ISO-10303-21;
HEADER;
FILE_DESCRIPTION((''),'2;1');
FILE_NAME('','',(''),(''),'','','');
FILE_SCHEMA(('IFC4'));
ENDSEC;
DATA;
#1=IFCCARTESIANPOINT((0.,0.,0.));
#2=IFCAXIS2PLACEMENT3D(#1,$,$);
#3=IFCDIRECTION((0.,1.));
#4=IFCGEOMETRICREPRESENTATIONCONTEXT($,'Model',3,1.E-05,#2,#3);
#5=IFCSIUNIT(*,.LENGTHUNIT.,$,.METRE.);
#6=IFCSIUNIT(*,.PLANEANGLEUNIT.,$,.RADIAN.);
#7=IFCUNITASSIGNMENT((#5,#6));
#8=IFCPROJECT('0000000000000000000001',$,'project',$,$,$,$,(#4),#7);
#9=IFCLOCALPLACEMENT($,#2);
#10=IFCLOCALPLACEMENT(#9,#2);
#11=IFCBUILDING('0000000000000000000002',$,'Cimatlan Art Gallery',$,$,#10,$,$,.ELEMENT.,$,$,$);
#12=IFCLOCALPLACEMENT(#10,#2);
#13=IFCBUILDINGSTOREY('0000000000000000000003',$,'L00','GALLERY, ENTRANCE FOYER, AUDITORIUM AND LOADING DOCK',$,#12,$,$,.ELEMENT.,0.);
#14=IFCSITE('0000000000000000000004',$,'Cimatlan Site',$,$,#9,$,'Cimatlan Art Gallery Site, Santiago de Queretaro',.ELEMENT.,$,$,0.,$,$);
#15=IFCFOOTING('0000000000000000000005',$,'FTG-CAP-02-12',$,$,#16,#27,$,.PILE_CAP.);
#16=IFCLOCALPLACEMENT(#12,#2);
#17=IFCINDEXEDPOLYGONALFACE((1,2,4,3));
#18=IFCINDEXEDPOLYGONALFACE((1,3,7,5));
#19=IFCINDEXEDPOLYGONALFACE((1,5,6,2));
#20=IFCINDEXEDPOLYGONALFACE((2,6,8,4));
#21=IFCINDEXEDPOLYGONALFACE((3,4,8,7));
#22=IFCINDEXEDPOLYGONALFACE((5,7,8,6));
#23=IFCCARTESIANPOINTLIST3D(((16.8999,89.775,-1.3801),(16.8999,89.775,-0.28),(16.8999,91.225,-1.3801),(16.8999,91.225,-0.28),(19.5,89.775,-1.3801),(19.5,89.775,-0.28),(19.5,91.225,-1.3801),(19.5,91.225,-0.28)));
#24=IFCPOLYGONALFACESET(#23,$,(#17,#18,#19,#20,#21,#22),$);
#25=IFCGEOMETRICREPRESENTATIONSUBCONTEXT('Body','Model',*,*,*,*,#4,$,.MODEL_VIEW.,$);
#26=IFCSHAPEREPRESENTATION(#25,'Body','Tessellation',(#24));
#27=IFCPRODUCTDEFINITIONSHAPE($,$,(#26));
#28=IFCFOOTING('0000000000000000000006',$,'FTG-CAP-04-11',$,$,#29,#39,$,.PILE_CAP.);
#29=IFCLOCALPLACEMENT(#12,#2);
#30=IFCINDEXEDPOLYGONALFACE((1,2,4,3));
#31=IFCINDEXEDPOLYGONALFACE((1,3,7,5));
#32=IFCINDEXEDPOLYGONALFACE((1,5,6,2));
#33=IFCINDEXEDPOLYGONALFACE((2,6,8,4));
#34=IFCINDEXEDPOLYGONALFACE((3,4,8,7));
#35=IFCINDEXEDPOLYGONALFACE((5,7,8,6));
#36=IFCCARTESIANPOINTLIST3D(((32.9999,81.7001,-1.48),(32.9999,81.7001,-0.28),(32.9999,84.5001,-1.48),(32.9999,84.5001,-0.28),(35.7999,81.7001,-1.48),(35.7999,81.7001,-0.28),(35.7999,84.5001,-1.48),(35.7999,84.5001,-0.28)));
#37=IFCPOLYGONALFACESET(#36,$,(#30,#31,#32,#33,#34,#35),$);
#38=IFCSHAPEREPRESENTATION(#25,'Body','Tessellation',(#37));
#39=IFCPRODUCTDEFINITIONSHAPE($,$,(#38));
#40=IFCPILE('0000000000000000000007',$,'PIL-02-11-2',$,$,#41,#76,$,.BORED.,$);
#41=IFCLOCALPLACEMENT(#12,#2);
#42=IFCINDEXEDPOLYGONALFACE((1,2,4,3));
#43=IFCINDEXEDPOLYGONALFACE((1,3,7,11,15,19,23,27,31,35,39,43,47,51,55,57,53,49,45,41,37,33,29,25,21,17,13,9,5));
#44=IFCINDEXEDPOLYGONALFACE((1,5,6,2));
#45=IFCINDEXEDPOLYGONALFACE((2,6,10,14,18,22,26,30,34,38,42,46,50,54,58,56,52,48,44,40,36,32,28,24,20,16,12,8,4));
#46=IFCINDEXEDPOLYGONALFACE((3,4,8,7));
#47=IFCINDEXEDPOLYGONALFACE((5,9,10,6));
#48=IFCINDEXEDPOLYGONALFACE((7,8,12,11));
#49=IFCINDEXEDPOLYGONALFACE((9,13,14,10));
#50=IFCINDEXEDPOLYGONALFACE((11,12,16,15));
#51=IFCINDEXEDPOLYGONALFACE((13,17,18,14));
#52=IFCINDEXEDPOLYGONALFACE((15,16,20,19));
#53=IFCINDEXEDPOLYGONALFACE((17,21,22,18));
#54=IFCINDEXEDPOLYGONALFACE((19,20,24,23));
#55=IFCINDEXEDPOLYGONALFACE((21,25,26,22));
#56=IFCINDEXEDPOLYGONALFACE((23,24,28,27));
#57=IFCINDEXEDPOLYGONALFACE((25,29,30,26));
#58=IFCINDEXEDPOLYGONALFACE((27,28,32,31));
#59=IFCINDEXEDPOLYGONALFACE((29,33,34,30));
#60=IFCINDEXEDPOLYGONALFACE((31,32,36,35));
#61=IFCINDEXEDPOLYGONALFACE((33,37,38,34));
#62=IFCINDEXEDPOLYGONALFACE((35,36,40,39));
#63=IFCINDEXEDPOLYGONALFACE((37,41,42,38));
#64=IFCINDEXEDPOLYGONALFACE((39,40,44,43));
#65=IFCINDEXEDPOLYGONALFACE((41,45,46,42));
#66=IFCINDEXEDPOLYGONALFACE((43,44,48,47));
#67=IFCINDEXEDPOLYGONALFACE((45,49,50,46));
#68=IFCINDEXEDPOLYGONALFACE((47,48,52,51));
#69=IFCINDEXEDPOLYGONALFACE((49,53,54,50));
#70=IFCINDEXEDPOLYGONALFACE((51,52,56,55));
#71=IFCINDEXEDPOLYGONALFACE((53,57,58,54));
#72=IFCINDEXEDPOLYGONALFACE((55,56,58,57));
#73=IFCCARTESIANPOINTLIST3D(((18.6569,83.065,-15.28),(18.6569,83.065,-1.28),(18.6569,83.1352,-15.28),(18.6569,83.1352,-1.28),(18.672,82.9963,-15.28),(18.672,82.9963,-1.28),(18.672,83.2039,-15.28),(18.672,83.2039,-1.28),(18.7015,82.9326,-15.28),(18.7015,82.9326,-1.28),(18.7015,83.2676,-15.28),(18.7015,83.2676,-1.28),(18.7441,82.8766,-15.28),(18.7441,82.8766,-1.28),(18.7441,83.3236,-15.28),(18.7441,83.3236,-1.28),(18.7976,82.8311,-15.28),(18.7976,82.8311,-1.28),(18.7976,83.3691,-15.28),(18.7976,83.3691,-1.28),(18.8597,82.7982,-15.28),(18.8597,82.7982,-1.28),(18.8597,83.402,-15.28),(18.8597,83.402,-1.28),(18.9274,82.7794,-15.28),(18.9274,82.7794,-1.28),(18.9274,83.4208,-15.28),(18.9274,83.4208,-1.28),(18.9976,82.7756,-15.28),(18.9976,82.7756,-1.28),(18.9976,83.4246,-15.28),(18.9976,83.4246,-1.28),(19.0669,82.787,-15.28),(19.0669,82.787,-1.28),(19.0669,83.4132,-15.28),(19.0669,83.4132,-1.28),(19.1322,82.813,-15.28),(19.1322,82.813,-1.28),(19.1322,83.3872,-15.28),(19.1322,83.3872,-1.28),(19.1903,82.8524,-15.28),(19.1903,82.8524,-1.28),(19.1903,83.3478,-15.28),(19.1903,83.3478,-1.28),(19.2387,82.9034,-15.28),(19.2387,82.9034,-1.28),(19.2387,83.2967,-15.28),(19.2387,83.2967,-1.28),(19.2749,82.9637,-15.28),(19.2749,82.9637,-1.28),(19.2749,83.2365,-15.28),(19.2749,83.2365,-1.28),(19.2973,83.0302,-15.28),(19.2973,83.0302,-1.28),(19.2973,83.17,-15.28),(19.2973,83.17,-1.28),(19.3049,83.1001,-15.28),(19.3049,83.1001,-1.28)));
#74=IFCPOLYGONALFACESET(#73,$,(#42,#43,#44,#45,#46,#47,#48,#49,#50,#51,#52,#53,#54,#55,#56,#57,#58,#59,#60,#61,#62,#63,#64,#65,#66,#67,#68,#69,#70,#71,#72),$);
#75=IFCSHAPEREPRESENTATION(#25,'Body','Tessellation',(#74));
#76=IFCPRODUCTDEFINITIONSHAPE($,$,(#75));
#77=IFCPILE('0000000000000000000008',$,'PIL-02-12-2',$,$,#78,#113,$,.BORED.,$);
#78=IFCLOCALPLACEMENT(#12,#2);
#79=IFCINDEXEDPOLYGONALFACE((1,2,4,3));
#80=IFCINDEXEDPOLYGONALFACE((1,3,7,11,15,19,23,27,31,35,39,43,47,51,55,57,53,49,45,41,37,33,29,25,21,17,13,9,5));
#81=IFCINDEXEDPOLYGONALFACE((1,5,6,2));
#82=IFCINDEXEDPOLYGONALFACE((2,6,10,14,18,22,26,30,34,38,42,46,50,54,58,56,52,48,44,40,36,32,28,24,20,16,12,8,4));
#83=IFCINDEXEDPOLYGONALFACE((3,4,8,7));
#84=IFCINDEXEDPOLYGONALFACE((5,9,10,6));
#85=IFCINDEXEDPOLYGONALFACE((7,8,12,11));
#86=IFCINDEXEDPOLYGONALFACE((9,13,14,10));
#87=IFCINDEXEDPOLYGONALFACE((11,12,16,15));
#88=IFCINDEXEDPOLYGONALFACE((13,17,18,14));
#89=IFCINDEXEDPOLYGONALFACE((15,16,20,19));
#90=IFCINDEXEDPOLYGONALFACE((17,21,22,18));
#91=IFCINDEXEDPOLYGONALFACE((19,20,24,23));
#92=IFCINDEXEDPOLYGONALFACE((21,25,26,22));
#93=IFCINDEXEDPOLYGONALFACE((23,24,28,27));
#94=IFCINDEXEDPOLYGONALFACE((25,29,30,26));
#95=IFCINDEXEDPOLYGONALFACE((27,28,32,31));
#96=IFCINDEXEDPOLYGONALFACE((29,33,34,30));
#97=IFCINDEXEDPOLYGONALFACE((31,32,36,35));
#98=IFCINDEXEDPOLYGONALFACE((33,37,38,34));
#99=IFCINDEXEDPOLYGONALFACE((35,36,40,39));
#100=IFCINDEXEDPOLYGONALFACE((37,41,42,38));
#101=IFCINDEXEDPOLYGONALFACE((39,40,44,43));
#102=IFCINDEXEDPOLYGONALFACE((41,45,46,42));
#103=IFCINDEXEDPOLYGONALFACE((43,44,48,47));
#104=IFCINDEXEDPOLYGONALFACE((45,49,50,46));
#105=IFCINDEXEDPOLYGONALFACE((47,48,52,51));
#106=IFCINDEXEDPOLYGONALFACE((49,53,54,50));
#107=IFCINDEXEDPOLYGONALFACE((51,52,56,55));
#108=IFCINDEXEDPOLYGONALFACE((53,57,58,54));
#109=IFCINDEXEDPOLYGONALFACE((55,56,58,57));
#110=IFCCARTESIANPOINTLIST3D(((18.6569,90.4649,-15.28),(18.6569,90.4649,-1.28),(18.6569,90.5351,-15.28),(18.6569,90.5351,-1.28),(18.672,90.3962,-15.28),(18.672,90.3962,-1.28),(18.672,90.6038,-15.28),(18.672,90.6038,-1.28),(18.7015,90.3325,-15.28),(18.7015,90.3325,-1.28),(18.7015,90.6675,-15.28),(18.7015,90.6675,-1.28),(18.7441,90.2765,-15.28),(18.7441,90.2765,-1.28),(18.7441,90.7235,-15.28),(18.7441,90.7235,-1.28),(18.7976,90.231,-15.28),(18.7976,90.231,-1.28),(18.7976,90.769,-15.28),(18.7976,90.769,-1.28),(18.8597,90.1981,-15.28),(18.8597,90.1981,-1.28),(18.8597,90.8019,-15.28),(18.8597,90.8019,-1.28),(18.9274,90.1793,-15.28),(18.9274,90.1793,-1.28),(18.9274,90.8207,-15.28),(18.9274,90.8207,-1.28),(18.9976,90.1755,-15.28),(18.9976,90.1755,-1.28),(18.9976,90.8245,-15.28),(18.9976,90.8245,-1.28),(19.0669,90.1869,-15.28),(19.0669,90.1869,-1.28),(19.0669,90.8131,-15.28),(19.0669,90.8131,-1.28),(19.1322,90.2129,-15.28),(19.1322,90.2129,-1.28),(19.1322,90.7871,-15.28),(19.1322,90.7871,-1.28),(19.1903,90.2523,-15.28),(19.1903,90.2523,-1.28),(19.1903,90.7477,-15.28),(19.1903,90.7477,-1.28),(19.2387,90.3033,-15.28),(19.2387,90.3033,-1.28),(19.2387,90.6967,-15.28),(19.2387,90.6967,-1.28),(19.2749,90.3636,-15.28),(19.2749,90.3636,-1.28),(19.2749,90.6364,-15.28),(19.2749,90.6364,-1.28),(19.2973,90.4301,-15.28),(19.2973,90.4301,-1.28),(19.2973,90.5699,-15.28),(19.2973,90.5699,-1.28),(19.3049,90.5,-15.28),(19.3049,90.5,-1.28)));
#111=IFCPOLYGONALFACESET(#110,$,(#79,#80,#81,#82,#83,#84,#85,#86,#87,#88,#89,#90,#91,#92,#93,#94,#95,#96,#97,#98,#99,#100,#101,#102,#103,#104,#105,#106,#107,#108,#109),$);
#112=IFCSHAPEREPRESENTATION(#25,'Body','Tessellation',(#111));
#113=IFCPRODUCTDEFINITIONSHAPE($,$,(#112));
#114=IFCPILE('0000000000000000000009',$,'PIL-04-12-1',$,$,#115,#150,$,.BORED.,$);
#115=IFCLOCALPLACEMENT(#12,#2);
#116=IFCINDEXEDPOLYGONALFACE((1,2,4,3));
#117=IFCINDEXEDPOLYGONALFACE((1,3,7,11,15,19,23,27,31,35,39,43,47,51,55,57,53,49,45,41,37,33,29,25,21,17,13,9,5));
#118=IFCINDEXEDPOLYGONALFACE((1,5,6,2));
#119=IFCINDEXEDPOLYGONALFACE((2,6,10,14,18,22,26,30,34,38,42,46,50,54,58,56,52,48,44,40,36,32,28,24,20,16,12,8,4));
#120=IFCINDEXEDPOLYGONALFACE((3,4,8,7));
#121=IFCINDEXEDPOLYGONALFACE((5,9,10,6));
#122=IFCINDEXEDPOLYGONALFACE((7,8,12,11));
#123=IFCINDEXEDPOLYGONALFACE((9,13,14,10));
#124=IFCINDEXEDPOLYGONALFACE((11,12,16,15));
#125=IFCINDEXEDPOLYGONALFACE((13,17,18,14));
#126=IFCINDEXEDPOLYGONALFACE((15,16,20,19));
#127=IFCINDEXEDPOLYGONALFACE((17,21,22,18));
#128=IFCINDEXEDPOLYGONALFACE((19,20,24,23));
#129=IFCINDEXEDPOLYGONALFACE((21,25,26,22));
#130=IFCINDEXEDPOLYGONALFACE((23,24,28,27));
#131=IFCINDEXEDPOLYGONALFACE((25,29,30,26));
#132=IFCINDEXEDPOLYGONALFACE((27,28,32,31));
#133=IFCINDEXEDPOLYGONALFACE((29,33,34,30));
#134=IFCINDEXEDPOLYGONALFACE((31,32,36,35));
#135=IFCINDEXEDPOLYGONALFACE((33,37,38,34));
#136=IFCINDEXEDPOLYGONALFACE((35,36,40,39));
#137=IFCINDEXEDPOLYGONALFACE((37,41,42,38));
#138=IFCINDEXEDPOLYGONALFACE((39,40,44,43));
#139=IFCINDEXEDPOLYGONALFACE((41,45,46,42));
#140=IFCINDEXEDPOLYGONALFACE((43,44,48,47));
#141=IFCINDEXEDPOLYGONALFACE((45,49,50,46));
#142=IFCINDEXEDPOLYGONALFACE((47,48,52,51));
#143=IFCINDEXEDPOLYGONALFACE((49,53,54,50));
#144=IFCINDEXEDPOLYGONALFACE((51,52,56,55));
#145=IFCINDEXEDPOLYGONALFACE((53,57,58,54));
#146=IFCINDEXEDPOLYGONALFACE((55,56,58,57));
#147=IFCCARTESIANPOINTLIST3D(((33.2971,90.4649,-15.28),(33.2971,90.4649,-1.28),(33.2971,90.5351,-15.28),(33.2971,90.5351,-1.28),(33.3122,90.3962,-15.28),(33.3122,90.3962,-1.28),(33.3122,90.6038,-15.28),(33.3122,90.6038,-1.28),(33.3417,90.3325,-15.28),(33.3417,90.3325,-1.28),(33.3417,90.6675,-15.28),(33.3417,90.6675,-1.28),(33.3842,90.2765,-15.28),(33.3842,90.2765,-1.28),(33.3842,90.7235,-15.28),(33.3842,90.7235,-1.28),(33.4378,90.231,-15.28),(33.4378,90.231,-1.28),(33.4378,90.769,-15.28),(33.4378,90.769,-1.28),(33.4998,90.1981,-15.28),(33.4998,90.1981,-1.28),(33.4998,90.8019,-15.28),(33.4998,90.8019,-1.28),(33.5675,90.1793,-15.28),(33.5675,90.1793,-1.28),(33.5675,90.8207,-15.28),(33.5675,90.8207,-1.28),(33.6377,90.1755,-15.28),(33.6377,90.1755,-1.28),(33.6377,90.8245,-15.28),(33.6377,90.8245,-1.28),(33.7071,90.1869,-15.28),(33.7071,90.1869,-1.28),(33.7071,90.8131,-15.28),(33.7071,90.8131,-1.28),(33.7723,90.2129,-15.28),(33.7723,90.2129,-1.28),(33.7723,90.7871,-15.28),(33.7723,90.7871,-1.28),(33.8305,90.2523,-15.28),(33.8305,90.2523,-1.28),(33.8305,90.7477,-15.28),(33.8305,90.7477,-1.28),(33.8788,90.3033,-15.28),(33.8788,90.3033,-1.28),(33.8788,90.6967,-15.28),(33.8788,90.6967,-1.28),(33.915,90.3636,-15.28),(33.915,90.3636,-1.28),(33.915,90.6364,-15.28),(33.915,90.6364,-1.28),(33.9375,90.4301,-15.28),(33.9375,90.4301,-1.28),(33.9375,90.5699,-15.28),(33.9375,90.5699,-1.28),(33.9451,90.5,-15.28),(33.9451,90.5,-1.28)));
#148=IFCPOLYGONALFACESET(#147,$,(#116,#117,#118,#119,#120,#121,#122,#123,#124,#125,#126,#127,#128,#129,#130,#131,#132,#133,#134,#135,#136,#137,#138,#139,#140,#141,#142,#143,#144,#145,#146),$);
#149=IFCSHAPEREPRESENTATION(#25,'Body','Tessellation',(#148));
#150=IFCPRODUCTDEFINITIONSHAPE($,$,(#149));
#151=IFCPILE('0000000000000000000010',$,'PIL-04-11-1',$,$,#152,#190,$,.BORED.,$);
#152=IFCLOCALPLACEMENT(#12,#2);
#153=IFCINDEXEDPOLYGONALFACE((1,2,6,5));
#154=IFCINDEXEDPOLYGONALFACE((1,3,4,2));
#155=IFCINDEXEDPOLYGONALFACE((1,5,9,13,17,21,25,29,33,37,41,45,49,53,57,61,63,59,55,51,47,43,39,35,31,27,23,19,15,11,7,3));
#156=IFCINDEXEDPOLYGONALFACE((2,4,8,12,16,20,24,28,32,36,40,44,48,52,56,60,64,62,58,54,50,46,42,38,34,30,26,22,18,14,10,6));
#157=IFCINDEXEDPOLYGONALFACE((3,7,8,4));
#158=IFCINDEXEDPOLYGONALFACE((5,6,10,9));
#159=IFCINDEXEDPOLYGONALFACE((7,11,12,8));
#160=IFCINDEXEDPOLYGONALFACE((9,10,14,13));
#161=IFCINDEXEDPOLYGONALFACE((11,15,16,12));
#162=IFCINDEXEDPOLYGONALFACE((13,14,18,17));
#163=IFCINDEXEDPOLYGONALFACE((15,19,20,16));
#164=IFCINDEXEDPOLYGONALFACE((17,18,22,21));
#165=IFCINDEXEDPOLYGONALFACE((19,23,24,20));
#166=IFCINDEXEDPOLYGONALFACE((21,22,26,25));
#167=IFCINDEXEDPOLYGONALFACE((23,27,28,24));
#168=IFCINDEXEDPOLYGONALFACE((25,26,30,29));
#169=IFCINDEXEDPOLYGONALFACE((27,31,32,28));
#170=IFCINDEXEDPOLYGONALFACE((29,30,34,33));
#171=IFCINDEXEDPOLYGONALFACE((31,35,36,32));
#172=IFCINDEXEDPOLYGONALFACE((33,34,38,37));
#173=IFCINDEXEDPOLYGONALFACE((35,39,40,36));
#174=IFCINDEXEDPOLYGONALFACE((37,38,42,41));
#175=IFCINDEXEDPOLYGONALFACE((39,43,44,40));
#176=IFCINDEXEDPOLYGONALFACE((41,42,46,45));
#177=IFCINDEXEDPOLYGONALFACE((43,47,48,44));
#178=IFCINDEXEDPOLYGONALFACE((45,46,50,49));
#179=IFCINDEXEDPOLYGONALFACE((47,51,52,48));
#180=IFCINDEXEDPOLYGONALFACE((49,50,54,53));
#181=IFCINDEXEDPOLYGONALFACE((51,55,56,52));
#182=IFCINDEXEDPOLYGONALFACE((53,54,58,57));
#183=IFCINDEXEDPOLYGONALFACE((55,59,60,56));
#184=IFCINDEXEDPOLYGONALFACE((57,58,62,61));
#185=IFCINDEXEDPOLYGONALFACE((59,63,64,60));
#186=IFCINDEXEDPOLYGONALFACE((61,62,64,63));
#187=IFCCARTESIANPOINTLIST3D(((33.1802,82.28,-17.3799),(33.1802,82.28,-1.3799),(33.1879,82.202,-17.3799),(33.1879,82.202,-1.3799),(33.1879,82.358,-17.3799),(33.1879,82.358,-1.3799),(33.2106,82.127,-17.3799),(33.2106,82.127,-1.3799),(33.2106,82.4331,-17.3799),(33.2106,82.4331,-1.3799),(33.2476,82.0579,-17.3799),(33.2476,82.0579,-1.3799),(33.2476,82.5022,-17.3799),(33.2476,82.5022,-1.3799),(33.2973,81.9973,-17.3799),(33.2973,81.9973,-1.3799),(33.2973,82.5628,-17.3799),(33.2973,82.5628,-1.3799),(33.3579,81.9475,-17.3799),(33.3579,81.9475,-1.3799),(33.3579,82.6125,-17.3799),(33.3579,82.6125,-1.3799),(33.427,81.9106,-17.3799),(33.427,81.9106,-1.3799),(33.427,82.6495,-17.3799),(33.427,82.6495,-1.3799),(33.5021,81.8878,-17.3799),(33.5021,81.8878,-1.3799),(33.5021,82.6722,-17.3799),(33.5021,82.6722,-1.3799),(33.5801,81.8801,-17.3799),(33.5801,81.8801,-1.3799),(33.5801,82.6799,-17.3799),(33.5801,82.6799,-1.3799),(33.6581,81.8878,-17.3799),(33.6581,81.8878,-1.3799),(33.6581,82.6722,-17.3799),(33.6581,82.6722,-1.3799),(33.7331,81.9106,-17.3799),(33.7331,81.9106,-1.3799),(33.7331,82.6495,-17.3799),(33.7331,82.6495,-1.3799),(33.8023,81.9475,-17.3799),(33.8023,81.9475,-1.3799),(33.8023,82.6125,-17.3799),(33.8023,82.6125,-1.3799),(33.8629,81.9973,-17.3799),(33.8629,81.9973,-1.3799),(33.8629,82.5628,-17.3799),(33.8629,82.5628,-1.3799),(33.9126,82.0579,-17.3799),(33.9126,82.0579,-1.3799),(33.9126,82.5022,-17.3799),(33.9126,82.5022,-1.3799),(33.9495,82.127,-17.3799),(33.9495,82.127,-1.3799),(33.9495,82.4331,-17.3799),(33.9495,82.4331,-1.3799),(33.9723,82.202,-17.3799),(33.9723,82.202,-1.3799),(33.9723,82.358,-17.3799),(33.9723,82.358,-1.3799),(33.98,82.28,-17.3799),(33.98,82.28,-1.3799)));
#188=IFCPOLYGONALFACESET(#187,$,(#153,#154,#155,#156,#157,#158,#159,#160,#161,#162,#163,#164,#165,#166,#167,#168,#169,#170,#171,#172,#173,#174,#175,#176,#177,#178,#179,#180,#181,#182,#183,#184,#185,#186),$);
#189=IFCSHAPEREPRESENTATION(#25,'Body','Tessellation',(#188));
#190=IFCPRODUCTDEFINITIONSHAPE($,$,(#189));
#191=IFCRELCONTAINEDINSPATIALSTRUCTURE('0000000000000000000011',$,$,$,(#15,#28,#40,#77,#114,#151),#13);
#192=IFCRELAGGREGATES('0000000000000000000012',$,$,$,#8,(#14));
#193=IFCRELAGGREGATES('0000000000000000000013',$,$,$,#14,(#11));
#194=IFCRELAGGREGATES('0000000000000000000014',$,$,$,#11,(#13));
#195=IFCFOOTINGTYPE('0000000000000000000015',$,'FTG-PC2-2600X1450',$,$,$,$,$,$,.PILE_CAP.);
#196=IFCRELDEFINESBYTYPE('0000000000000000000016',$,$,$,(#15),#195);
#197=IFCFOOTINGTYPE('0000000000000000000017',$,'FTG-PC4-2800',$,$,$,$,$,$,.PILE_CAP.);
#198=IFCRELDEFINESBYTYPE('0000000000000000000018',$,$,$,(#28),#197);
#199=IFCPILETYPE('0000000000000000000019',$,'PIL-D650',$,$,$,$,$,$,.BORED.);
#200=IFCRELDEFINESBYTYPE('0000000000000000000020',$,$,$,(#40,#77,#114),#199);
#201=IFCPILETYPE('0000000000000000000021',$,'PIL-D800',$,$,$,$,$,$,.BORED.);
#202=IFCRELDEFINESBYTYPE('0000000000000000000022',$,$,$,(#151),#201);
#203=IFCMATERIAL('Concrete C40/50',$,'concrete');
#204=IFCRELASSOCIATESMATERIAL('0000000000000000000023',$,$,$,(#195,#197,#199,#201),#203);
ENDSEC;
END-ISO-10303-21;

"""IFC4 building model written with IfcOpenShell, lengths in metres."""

from ifc_helpers import new_model, si_unit, direction, frame, origin, origin_2d, place, context, subcontext, project, spatial, rectangle, circle, extrude, material, type_object, element, save


model = new_model("IFC4")

# Units and contexts
model_context = context("Model", 3, precision=1e-05, world=origin(), true_north=direction((0.0, 1.0)))
body_context = subcontext(model_context, "Body", "Model", "MODEL_VIEW")
ifc_project = project(units=[si_unit("LENGTHUNIT", "METRE"), si_unit("PLANEANGLEUNIT", "RADIAN")], contexts=[model_context])

# Site, building, storey
site_placement = place(None, origin())
site = spatial("IfcSite", under=ifc_project, at=site_placement, Name="Cimatlan Site", LongName="Cimatlan Art Gallery Site, Santiago de Queretaro", CompositionType="ELEMENT", RefElevation=0.0)
building_placement = place(site_placement, origin())
building = spatial("IfcBuilding", under=site, at=building_placement, Name="Cimatlan Art Gallery", CompositionType="ELEMENT")
storey_placement = place(building_placement, origin())
storey = spatial("IfcBuildingStorey", under=building, at=storey_placement, Name="L00", Description="GALLERY, ENTRANCE FOYER, AUDITORIUM AND LOADING DOCK", CompositionType="ELEMENT", Elevation=0.0)

# Footings
ifc_material_1 = material(Name="Concrete C40/50", Category="concrete")
footing_type_1 = type_object("IfcFootingType", Name="FTG-PC2-2600X1450", PredefinedType="PILE_CAP", material=ifc_material_1)
footing_1_placement = place(storey_placement, frame((18.2, 90.5, -1.3801), z_axis=(0.0, 0.0, 1.0), x_axis=(1.0, 0.0, 0.0)))
element("IfcFooting", 1, at=footing_1_placement, inside=storey, type_object=footing_type_1, Name="FTG-CAP-02-12", PredefinedType="PILE_CAP", context=body_context, shape_type="SweptSolid", body=[
    extrude(rectangle(XDim=2.6001, YDim=1.45, at=origin_2d()), origin(), (0.0, 0.0, 1.0), 1.1001),
])
footing_type_2 = type_object("IfcFootingType", Name="FTG-PC4-2800", PredefinedType="PILE_CAP", material=ifc_material_1)
footing_2_placement = place(storey_placement, frame((34.3999, 83.1001, -1.48), z_axis=(0.0, 0.0, 1.0), x_axis=(1.0, 0.0, 0.0)))
element("IfcFooting", 2, at=footing_2_placement, inside=storey, type_object=footing_type_2, Name="FTG-CAP-04-11", PredefinedType="PILE_CAP", context=body_context, shape_type="SweptSolid", body=[
    extrude(rectangle(XDim=2.8, YDim=2.8, at=origin_2d()), origin(), (0.0, 0.0, 1.0), 1.2),
])

# Piles
pile_type_1 = type_object("IfcPileType", Name="PIL-D650", PredefinedType="BORED", material=ifc_material_1)
for number, where, z_axis, x_axis, name in (
    (3, (18.98, 83.1001, -1.28), (0.0, 0.0, -1.0), (1.0, 0.0, 0.0), "PIL-02-11-2"),
    (4, (18.98, 90.5, -1.28), (0.0, 0.0, -1.0), (1.0, 0.0, 0.0), "PIL-02-12-2"),
    (5, (33.6201, 90.5, -1.28), (0.0, 0.0, -1.0), (1.0, 0.0, 0.0), "PIL-04-12-1"),
):
    element("IfcPile", number, at=place(storey_placement, frame(where, z_axis=z_axis, x_axis=x_axis)), inside=storey, type_object=pile_type_1, Name=name, PredefinedType="BORED", context=body_context, shape_type="SweptSolid", body=[
        extrude(circle(Radius=0.325, at=origin_2d()), origin(), (0.0, 0.0, 1.0), 14.0),
    ])
pile_type_2 = type_object("IfcPileType", Name="PIL-D800", PredefinedType="BORED", material=ifc_material_1)
for number, where, z_axis, x_axis, name in (
    (6, (33.5801, 82.28, -1.3799), (0.0, 0.0, -1.0), (1.0, 0.0, 0.0), "PIL-04-11-1"),
):
    element("IfcPile", number, at=place(storey_placement, frame(where, z_axis=z_axis, x_axis=x_axis)), inside=storey, type_object=pile_type_2, Name=name, PredefinedType="BORED", context=body_context, shape_type="SweptSolid", body=[
        extrude(circle(Radius=0.3999, at=origin_2d()), origin(), (0.0, 0.0, 1.0), 16.0),
    ])

save(model, "model.ifc")
